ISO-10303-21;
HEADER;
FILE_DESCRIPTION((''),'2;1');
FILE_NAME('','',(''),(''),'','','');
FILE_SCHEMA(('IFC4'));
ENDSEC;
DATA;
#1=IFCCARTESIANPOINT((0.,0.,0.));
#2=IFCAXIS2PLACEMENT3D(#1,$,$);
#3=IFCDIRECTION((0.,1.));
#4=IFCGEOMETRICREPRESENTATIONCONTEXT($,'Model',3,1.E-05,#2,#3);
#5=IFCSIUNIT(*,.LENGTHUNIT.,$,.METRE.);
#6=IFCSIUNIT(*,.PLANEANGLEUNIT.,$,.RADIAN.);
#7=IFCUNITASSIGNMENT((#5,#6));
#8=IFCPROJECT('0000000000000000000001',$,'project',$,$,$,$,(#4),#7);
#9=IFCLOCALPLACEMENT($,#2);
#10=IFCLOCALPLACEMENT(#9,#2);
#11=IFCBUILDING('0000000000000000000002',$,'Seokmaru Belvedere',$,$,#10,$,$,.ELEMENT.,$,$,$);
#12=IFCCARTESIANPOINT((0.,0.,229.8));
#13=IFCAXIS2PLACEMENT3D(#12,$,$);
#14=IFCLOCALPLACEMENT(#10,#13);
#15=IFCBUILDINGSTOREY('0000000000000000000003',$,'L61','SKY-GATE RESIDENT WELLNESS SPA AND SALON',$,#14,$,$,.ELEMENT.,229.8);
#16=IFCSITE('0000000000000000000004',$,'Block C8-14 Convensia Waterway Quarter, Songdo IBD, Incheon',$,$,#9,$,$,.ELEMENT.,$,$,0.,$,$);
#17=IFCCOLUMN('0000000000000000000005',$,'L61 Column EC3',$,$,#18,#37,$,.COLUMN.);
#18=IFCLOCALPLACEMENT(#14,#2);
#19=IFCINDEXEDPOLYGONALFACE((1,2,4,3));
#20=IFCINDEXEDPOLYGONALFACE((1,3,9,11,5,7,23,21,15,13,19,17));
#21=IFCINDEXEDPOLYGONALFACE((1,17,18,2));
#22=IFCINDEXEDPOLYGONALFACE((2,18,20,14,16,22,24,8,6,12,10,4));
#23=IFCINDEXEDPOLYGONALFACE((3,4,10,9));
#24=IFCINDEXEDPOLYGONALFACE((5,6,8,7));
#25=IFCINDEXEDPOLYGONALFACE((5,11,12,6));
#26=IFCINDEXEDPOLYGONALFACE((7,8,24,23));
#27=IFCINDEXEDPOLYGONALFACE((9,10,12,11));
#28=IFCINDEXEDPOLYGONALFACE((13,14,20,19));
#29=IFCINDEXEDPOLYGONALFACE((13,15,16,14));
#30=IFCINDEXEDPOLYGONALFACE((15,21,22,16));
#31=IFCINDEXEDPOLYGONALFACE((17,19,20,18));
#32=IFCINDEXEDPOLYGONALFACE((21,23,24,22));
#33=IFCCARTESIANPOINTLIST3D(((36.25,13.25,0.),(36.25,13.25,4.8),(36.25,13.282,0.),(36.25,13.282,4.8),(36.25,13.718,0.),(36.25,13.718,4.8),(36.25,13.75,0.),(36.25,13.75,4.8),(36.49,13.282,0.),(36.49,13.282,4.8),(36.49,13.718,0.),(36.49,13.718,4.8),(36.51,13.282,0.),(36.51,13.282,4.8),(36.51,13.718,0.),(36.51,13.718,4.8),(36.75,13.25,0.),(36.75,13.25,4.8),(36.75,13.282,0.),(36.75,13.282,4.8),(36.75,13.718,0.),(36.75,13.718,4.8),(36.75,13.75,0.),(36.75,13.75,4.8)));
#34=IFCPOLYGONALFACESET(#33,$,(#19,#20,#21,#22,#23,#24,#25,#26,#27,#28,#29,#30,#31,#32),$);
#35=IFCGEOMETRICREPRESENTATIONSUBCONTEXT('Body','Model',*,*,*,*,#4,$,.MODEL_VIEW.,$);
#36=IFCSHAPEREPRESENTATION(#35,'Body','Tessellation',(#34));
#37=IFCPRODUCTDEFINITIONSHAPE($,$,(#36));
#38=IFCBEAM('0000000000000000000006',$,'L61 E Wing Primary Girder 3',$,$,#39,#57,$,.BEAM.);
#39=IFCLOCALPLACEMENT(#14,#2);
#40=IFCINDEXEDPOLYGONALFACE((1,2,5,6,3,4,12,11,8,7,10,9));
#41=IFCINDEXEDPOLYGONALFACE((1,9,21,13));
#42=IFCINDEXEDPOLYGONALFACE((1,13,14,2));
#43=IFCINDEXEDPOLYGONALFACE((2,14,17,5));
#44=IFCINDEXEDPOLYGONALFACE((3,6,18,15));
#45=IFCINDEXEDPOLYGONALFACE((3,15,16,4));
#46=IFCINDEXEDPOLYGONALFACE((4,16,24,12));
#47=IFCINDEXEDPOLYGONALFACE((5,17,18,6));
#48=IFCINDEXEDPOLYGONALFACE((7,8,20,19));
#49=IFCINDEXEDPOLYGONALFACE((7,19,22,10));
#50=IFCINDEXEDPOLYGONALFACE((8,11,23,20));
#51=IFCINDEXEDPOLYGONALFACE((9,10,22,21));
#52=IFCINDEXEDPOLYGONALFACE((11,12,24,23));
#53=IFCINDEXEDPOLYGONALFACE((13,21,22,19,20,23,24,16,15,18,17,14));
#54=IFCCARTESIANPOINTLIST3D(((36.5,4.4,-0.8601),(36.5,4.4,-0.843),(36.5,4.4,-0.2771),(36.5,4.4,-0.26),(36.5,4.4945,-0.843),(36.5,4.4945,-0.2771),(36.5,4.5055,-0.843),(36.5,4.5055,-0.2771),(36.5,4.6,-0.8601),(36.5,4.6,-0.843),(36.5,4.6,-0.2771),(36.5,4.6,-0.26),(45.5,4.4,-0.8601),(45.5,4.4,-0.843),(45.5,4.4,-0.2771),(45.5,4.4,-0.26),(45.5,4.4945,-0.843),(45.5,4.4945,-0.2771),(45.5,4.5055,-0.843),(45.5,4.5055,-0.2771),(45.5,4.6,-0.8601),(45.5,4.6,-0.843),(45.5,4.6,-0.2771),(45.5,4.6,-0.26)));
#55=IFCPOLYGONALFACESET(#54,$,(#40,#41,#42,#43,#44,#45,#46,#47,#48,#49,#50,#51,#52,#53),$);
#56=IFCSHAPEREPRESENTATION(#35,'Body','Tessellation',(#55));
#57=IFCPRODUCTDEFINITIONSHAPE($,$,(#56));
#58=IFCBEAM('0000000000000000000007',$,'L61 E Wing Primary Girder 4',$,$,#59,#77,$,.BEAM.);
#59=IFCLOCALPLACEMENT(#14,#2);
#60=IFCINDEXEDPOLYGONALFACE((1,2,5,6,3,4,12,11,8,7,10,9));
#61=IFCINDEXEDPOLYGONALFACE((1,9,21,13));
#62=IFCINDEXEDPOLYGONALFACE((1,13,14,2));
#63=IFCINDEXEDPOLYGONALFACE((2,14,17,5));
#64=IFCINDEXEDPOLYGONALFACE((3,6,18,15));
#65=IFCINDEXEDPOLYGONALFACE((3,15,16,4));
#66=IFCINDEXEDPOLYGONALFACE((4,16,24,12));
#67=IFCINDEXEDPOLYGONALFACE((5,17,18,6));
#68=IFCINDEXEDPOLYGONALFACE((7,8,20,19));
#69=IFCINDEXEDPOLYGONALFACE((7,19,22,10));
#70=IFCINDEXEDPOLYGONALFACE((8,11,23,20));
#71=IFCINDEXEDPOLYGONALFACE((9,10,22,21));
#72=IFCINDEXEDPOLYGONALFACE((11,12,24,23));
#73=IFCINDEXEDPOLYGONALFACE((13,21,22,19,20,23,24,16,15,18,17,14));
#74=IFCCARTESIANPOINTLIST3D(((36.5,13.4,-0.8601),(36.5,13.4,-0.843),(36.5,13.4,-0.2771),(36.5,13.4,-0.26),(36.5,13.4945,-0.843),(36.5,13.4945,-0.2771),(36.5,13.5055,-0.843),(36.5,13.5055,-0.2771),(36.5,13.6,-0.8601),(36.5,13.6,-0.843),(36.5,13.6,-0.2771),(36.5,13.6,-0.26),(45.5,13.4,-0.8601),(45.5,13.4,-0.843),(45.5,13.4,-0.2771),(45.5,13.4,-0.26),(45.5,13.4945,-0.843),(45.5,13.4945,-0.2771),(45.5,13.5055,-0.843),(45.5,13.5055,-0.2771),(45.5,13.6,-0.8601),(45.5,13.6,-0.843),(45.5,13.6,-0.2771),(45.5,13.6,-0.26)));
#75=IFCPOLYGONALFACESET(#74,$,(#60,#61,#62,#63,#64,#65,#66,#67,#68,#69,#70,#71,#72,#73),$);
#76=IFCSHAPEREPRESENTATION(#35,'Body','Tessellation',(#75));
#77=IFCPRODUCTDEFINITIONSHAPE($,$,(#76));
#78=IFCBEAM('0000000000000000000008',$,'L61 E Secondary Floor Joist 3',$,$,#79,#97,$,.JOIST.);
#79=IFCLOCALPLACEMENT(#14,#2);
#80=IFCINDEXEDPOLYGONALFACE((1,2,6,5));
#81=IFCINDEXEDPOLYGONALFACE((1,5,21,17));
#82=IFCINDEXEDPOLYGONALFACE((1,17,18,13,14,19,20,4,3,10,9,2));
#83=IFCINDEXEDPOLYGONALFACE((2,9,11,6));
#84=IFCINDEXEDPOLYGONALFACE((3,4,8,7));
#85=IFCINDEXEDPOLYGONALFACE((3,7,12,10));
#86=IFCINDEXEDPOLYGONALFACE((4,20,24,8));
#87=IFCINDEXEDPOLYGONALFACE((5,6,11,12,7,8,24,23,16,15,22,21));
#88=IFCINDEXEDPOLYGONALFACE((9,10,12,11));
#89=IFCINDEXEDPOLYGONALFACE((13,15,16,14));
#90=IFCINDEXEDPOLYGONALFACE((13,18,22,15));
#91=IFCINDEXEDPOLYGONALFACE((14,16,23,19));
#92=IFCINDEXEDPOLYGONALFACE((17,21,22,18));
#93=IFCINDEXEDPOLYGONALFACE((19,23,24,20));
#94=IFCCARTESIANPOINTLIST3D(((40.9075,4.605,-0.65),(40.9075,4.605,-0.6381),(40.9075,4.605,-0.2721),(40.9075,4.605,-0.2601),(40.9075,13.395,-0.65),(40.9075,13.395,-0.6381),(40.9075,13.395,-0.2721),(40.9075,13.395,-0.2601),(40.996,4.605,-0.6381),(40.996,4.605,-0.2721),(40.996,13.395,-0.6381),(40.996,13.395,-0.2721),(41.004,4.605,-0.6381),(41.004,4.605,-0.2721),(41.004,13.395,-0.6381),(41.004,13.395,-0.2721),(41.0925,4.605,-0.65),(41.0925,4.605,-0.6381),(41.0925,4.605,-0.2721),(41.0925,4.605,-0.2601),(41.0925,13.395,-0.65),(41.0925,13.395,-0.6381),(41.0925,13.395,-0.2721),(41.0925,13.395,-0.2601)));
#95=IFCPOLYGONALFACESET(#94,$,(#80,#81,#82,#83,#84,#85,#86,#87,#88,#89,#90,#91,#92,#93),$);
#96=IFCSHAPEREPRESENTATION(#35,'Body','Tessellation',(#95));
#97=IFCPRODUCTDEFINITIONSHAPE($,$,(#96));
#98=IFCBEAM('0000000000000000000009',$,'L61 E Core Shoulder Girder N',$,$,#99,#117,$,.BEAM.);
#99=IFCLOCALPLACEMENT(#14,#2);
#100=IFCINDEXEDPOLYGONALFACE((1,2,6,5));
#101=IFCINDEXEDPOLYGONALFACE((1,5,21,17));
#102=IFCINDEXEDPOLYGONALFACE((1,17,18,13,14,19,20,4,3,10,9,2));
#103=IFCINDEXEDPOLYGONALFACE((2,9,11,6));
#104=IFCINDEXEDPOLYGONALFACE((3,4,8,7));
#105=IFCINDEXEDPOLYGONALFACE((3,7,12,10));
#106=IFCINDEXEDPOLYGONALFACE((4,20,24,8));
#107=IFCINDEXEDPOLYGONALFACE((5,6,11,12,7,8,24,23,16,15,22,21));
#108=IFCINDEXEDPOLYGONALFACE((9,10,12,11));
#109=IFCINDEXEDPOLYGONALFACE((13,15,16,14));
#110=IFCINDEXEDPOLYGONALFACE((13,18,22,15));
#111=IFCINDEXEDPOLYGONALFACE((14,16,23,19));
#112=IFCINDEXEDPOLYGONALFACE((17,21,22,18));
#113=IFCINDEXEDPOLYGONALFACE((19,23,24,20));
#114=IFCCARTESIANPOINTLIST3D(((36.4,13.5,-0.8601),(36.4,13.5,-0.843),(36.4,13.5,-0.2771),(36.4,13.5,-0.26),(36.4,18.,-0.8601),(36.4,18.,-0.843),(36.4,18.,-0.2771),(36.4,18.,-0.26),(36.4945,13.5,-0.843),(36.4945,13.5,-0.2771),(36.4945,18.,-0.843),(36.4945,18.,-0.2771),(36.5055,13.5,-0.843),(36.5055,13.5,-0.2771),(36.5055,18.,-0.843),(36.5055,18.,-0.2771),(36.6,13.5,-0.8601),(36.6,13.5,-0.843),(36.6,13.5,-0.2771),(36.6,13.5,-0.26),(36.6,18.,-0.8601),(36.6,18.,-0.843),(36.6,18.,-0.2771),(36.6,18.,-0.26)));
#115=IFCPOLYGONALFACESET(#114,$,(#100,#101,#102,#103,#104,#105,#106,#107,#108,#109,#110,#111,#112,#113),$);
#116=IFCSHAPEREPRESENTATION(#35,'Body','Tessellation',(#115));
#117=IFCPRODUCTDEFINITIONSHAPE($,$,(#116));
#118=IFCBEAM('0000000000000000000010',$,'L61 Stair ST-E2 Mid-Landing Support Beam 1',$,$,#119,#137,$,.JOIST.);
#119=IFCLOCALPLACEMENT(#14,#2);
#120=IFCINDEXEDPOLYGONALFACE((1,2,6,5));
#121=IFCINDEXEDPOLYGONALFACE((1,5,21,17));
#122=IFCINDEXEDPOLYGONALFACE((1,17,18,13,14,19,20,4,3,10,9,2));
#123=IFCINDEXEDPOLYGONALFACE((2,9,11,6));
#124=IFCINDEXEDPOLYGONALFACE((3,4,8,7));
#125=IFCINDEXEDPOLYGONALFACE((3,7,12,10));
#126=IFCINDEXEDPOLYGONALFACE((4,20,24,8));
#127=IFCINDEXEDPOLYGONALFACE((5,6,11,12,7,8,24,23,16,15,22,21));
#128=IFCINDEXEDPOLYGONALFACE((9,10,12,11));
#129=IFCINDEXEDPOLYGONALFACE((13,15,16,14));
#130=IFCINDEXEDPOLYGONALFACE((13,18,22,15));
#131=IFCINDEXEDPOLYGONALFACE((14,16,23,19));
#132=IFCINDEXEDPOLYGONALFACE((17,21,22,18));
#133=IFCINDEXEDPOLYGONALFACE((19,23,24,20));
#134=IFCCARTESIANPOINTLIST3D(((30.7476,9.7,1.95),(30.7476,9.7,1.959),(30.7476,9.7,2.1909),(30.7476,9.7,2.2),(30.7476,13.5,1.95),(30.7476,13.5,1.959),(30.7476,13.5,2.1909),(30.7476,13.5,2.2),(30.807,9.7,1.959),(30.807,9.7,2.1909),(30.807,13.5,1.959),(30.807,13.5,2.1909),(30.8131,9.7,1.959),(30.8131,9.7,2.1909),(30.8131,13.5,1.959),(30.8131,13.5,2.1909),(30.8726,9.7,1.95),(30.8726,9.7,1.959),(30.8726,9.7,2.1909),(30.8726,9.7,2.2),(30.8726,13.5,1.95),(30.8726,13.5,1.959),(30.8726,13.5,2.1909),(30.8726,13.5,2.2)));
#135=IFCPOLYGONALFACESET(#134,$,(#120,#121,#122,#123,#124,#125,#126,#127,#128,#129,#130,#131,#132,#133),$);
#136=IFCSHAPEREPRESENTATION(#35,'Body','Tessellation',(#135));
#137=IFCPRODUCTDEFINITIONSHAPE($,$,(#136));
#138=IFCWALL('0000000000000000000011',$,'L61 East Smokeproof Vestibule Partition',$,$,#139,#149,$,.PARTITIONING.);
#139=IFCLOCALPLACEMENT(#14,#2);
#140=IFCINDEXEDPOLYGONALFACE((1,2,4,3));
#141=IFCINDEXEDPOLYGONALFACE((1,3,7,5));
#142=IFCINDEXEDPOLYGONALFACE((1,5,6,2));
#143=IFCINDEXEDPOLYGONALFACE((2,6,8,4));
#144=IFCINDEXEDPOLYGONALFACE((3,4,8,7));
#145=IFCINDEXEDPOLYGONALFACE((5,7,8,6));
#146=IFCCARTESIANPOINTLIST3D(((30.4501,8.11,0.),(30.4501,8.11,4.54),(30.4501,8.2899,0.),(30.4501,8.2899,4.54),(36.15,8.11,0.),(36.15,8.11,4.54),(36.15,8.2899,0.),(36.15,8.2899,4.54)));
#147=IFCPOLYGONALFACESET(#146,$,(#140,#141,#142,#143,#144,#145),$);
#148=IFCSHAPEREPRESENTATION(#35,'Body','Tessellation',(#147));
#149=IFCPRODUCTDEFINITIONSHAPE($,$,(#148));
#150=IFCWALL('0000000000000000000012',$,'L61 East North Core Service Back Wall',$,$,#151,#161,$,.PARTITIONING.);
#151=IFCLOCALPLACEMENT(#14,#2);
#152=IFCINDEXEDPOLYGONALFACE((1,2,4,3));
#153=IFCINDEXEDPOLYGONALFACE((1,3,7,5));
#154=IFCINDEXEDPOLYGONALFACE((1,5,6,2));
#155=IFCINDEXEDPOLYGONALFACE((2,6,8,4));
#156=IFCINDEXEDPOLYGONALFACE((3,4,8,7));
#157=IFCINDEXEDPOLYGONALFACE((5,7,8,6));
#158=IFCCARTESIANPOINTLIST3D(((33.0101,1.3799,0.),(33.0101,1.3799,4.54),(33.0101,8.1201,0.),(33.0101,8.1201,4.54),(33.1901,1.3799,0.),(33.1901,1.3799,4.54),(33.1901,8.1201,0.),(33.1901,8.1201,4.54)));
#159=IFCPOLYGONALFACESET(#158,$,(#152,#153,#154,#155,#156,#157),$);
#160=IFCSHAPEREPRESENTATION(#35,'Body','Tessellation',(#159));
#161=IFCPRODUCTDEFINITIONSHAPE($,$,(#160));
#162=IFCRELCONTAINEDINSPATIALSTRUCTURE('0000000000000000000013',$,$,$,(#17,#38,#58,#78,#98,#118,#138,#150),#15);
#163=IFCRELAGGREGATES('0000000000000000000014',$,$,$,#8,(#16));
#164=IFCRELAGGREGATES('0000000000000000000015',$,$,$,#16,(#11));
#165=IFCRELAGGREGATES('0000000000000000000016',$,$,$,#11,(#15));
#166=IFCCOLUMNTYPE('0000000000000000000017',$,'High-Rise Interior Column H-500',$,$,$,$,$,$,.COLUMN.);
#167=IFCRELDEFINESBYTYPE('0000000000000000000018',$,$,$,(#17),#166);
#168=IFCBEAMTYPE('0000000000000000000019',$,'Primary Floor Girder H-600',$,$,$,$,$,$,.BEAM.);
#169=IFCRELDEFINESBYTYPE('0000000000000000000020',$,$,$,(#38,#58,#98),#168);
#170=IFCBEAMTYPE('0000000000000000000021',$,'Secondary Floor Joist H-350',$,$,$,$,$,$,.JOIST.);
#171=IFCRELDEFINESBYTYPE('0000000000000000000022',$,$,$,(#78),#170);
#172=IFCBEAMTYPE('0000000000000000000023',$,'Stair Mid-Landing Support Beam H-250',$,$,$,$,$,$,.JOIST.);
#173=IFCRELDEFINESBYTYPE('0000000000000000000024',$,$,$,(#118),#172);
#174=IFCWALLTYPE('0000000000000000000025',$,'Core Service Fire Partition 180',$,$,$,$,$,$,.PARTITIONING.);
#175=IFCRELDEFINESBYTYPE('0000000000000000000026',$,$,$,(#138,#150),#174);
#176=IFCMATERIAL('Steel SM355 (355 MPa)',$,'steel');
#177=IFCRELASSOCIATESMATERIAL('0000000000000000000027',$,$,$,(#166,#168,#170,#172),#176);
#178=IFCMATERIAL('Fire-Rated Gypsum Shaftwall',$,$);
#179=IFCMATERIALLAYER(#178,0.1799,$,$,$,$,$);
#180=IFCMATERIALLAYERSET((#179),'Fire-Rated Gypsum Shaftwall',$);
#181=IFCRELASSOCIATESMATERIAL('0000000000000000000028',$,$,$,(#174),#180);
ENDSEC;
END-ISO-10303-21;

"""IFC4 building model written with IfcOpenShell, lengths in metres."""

from ifc_helpers import new_model, si_unit, direction, frame, frame_2d, origin, origin_2d, place, context, subcontext, project, spatial, rectangle, i_section, extrude, source, transform, mapped, material, layer, layer_set, material_profile, profile_set, type_object, type_shapes, element, save


model = new_model("IFC4")

# Units and contexts
model_context = context("Model", 3, precision=1e-05, world=origin(), true_north=direction((0.0, 1.0)))
body_context = subcontext(model_context, "Body", "Model", "MODEL_VIEW")
ifc_project = project(units=[si_unit("LENGTHUNIT", "METRE"), si_unit("PLANEANGLEUNIT", "RADIAN")], contexts=[model_context])

# Site, building, storey
site_placement = place(None, origin())
site = spatial("IfcSite", under=ifc_project, at=site_placement, Name="Block C8-14 Convensia Waterway Quarter, Songdo IBD, Incheon", CompositionType="ELEMENT", RefElevation=0.0)
building_placement = place(site_placement, origin())
building = spatial("IfcBuilding", under=site, at=building_placement, Name="Seokmaru Belvedere", CompositionType="ELEMENT")
storey_placement = place(building_placement, frame((0.0, 0.0, 229.8)))
storey = spatial("IfcBuildingStorey", under=building, at=storey_placement, Name="L61", Description="SKY-GATE RESIDENT WELLNESS SPA AND SALON", CompositionType="ELEMENT", Elevation=229.8)

# Column
ifc_material_1 = material(Name="Steel SM355 (355 MPa)", Category="steel")
ifc_material_profile_1 = material_profile(ifc_material_1, i_section(OverallWidth=0.5, OverallDepth=0.5, WebThickness=0.02, FlangeThickness=0.032, at=origin_2d()), Name="H-500x500x20x32")
ifc_profile_set_1 = profile_set([ifc_material_profile_1], Name="Steel SM355 (355 MPa)")
column_type = type_object("IfcColumnType", Name="High-Rise Interior Column H-500", PredefinedType="COLUMN", material=ifc_profile_set_1)
shared_shape_1 = source(origin(), body_context, "Body", "SweptSolid", [
    extrude(i_section(OverallWidth=0.5, OverallDepth=0.5, WebThickness=0.02, FlangeThickness=0.032, at=origin_2d()), origin(), (0.0, 0.0, 1.0), 4.8),
])
type_shapes(column_type, [shared_shape_1])
column_placement = place(storey_placement, frame((36.5, 13.5, 0.0), z_axis=(0.0, 0.0, 1.0), x_axis=(1.0, 0.0, 0.0)))
element("IfcColumn", 1, at=column_placement, inside=storey, type_object=column_type, Name="L61 Column EC3", PredefinedType="COLUMN", context=body_context, shape_type="MappedRepresentation", body=[
    mapped(shared_shape_1, transform((0.0, 0.0, 0.0), scale=1.0)),
])

# Beams
ifc_material_profile_2 = material_profile(ifc_material_1, i_section(OverallWidth=0.2, OverallDepth=0.6001, WebThickness=0.011, FlangeThickness=0.0171, at=origin_2d()), Name="H-600x200x11x17")
ifc_profile_set_2 = profile_set([ifc_material_profile_2], Name="Steel SM355 (355 MPa)")
beam_type_1 = type_object("IfcBeamType", Name="Primary Floor Girder H-600", PredefinedType="BEAM", material=ifc_profile_set_2)
shared_shape_2 = source(origin(), body_context, "Body", "SweptSolid", [
    extrude(i_section(OverallWidth=0.2, OverallDepth=0.6001, WebThickness=0.011, FlangeThickness=0.0171, at=origin_2d()), origin(), (0.0, 0.0, 1.0), 9.0),
])
for number, where, z_axis, x_axis, name in (
    (2, (36.5, 4.5, -0.5601), (1.0, 0.0, 0.0), (0.0, 1.0, 0.0), "L61 E Wing Primary Girder 3"),
    (3, (36.5, 13.5, -0.5601), (1.0, 0.0, 0.0), (0.0, 1.0, 0.0), "L61 E Wing Primary Girder 4"),
):
    element("IfcBeam", number, at=place(storey_placement, frame(where, z_axis=z_axis, x_axis=x_axis)), inside=storey, type_object=beam_type_1, Name=name, PredefinedType="BEAM", context=body_context, shape_type="MappedRepresentation", body=[
        mapped(shared_shape_2, transform((0.0, 0.0, 0.0), scale=1.0)),
    ])
ifc_material_profile_3 = material_profile(ifc_material_1, i_section(OverallWidth=0.1851, OverallDepth=0.3899, WebThickness=0.0081, FlangeThickness=0.012, at=origin_2d()), Name="H-390x185x8x12")
ifc_profile_set_3 = profile_set([ifc_material_profile_3], Name="Steel SM355 (355 MPa)")
beam_type_2 = type_object("IfcBeamType", Name="Secondary Floor Joist H-350", PredefinedType="JOIST", material=ifc_profile_set_3)
shared_shape_3 = source(origin(), body_context, "Body", "SweptSolid", [
    extrude(i_section(OverallWidth=0.1851, OverallDepth=0.3899, WebThickness=0.0081, FlangeThickness=0.012, at=origin_2d()), origin(), (0.0, 0.0, 1.0), 8.79),
])
type_shapes(beam_type_2, [shared_shape_3])
beam_1_placement = place(storey_placement, frame((41.0, 4.605, -0.4551), z_axis=(0.0, 1.0, 0.0), x_axis=(-1.0, 0.0, 0.0)))
element("IfcBeam", 4, at=beam_1_placement, inside=storey, type_object=beam_type_2, Name="L61 E Secondary Floor Joist 3", PredefinedType="JOIST", context=body_context, shape_type="MappedRepresentation", body=[
    mapped(shared_shape_3, transform((0.0, 0.0, 0.0), scale=1.0)),
])
shared_shape_4 = source(origin(), body_context, "Body", "SweptSolid", [
    extrude(i_section(OverallWidth=0.2, OverallDepth=0.6001, WebThickness=0.011, FlangeThickness=0.0171, at=origin_2d()), origin(), (0.0, 0.0, 1.0), 4.5),
])
type_shapes(beam_type_1, [shared_shape_2, shared_shape_4])
beam_2_placement = place(storey_placement, frame((36.5, 13.5, -0.5601), z_axis=(0.0, 1.0, 0.0), x_axis=(-1.0, 0.0, 0.0)))
element("IfcBeam", 5, at=beam_2_placement, inside=storey, type_object=beam_type_1, Name="L61 E Core Shoulder Girder N", PredefinedType="BEAM", context=body_context, shape_type="MappedRepresentation", body=[
    mapped(shared_shape_4, transform((0.0, 0.0, 0.0), scale=1.0)),
])
ifc_material_profile_4 = material_profile(ifc_material_1, i_section(OverallWidth=0.125, OverallDepth=0.25, WebThickness=0.0061, FlangeThickness=0.009, at=origin_2d()), Name="H-250x125x6x9")
ifc_profile_set_4 = profile_set([ifc_material_profile_4], Name="Steel SM355 (355 MPa)")
beam_type_3 = type_object("IfcBeamType", Name="Stair Mid-Landing Support Beam H-250", PredefinedType="JOIST", material=ifc_profile_set_4)
shared_shape_5 = source(origin(), body_context, "Body", "SweptSolid", [
    extrude(i_section(OverallWidth=0.125, OverallDepth=0.25, WebThickness=0.0061, FlangeThickness=0.009, at=origin_2d()), origin(), (0.0, 0.0, 1.0), 3.8),
])
type_shapes(beam_type_3, [shared_shape_5])
beam_3_placement = place(storey_placement, frame((30.8101, 9.7, 2.075), z_axis=(0.0, 1.0, 0.0), x_axis=(-1.0, 0.0, 0.0)))
element("IfcBeam", 6, at=beam_3_placement, inside=storey, type_object=beam_type_3, Name="L61 Stair ST-E2 Mid-Landing Support Beam 1", PredefinedType="JOIST", context=body_context, shape_type="MappedRepresentation", body=[
    mapped(shared_shape_5, transform((0.0, 0.0, 0.0), scale=1.0)),
])

# Walls
ifc_material_2 = material(Name="Fire-Rated Gypsum Shaftwall")
ifc_layer_1 = layer(ifc_material_2, 0.1799)
ifc_layer_set_1 = layer_set([ifc_layer_1], Name="Fire-Rated Gypsum Shaftwall")
wall_type_1 = type_object("IfcWallType", Name="Core Service Fire Partition 180", PredefinedType="PARTITIONING", material=ifc_layer_set_1)
wall_1_placement = place(storey_placement, frame((30.45, 8.2, 0.0), z_axis=(0.0, 0.0, 1.0), x_axis=(1.0, 0.0, 0.0)))
element("IfcWall", 7, at=wall_1_placement, inside=storey, type_object=wall_type_1, Name="L61 East Smokeproof Vestibule Partition", PredefinedType="PARTITIONING", context=body_context, shape_type="SweptSolid", body=[
    extrude(rectangle(XDim=5.7, YDim=0.1799, at=frame_2d((2.8501, 0.0))), origin(), (0.0, 0.0, 1.0), 4.54),
])
wall_2_placement = place(storey_placement, frame((33.1001, 1.3799, 0.0), z_axis=(0.0, 0.0, 1.0), x_axis=(0.0, 1.0, 0.0)))
element("IfcWall", 8, at=wall_2_placement, inside=storey, type_object=wall_type_1, Name="L61 East North Core Service Back Wall", PredefinedType="PARTITIONING", context=body_context, shape_type="SweptSolid", body=[
    extrude(rectangle(XDim=6.7402, YDim=0.1799, at=frame_2d((3.3701, 0.0))), origin(), (0.0, 0.0, 1.0), 4.54),
])

save(model, "model.ifc")
